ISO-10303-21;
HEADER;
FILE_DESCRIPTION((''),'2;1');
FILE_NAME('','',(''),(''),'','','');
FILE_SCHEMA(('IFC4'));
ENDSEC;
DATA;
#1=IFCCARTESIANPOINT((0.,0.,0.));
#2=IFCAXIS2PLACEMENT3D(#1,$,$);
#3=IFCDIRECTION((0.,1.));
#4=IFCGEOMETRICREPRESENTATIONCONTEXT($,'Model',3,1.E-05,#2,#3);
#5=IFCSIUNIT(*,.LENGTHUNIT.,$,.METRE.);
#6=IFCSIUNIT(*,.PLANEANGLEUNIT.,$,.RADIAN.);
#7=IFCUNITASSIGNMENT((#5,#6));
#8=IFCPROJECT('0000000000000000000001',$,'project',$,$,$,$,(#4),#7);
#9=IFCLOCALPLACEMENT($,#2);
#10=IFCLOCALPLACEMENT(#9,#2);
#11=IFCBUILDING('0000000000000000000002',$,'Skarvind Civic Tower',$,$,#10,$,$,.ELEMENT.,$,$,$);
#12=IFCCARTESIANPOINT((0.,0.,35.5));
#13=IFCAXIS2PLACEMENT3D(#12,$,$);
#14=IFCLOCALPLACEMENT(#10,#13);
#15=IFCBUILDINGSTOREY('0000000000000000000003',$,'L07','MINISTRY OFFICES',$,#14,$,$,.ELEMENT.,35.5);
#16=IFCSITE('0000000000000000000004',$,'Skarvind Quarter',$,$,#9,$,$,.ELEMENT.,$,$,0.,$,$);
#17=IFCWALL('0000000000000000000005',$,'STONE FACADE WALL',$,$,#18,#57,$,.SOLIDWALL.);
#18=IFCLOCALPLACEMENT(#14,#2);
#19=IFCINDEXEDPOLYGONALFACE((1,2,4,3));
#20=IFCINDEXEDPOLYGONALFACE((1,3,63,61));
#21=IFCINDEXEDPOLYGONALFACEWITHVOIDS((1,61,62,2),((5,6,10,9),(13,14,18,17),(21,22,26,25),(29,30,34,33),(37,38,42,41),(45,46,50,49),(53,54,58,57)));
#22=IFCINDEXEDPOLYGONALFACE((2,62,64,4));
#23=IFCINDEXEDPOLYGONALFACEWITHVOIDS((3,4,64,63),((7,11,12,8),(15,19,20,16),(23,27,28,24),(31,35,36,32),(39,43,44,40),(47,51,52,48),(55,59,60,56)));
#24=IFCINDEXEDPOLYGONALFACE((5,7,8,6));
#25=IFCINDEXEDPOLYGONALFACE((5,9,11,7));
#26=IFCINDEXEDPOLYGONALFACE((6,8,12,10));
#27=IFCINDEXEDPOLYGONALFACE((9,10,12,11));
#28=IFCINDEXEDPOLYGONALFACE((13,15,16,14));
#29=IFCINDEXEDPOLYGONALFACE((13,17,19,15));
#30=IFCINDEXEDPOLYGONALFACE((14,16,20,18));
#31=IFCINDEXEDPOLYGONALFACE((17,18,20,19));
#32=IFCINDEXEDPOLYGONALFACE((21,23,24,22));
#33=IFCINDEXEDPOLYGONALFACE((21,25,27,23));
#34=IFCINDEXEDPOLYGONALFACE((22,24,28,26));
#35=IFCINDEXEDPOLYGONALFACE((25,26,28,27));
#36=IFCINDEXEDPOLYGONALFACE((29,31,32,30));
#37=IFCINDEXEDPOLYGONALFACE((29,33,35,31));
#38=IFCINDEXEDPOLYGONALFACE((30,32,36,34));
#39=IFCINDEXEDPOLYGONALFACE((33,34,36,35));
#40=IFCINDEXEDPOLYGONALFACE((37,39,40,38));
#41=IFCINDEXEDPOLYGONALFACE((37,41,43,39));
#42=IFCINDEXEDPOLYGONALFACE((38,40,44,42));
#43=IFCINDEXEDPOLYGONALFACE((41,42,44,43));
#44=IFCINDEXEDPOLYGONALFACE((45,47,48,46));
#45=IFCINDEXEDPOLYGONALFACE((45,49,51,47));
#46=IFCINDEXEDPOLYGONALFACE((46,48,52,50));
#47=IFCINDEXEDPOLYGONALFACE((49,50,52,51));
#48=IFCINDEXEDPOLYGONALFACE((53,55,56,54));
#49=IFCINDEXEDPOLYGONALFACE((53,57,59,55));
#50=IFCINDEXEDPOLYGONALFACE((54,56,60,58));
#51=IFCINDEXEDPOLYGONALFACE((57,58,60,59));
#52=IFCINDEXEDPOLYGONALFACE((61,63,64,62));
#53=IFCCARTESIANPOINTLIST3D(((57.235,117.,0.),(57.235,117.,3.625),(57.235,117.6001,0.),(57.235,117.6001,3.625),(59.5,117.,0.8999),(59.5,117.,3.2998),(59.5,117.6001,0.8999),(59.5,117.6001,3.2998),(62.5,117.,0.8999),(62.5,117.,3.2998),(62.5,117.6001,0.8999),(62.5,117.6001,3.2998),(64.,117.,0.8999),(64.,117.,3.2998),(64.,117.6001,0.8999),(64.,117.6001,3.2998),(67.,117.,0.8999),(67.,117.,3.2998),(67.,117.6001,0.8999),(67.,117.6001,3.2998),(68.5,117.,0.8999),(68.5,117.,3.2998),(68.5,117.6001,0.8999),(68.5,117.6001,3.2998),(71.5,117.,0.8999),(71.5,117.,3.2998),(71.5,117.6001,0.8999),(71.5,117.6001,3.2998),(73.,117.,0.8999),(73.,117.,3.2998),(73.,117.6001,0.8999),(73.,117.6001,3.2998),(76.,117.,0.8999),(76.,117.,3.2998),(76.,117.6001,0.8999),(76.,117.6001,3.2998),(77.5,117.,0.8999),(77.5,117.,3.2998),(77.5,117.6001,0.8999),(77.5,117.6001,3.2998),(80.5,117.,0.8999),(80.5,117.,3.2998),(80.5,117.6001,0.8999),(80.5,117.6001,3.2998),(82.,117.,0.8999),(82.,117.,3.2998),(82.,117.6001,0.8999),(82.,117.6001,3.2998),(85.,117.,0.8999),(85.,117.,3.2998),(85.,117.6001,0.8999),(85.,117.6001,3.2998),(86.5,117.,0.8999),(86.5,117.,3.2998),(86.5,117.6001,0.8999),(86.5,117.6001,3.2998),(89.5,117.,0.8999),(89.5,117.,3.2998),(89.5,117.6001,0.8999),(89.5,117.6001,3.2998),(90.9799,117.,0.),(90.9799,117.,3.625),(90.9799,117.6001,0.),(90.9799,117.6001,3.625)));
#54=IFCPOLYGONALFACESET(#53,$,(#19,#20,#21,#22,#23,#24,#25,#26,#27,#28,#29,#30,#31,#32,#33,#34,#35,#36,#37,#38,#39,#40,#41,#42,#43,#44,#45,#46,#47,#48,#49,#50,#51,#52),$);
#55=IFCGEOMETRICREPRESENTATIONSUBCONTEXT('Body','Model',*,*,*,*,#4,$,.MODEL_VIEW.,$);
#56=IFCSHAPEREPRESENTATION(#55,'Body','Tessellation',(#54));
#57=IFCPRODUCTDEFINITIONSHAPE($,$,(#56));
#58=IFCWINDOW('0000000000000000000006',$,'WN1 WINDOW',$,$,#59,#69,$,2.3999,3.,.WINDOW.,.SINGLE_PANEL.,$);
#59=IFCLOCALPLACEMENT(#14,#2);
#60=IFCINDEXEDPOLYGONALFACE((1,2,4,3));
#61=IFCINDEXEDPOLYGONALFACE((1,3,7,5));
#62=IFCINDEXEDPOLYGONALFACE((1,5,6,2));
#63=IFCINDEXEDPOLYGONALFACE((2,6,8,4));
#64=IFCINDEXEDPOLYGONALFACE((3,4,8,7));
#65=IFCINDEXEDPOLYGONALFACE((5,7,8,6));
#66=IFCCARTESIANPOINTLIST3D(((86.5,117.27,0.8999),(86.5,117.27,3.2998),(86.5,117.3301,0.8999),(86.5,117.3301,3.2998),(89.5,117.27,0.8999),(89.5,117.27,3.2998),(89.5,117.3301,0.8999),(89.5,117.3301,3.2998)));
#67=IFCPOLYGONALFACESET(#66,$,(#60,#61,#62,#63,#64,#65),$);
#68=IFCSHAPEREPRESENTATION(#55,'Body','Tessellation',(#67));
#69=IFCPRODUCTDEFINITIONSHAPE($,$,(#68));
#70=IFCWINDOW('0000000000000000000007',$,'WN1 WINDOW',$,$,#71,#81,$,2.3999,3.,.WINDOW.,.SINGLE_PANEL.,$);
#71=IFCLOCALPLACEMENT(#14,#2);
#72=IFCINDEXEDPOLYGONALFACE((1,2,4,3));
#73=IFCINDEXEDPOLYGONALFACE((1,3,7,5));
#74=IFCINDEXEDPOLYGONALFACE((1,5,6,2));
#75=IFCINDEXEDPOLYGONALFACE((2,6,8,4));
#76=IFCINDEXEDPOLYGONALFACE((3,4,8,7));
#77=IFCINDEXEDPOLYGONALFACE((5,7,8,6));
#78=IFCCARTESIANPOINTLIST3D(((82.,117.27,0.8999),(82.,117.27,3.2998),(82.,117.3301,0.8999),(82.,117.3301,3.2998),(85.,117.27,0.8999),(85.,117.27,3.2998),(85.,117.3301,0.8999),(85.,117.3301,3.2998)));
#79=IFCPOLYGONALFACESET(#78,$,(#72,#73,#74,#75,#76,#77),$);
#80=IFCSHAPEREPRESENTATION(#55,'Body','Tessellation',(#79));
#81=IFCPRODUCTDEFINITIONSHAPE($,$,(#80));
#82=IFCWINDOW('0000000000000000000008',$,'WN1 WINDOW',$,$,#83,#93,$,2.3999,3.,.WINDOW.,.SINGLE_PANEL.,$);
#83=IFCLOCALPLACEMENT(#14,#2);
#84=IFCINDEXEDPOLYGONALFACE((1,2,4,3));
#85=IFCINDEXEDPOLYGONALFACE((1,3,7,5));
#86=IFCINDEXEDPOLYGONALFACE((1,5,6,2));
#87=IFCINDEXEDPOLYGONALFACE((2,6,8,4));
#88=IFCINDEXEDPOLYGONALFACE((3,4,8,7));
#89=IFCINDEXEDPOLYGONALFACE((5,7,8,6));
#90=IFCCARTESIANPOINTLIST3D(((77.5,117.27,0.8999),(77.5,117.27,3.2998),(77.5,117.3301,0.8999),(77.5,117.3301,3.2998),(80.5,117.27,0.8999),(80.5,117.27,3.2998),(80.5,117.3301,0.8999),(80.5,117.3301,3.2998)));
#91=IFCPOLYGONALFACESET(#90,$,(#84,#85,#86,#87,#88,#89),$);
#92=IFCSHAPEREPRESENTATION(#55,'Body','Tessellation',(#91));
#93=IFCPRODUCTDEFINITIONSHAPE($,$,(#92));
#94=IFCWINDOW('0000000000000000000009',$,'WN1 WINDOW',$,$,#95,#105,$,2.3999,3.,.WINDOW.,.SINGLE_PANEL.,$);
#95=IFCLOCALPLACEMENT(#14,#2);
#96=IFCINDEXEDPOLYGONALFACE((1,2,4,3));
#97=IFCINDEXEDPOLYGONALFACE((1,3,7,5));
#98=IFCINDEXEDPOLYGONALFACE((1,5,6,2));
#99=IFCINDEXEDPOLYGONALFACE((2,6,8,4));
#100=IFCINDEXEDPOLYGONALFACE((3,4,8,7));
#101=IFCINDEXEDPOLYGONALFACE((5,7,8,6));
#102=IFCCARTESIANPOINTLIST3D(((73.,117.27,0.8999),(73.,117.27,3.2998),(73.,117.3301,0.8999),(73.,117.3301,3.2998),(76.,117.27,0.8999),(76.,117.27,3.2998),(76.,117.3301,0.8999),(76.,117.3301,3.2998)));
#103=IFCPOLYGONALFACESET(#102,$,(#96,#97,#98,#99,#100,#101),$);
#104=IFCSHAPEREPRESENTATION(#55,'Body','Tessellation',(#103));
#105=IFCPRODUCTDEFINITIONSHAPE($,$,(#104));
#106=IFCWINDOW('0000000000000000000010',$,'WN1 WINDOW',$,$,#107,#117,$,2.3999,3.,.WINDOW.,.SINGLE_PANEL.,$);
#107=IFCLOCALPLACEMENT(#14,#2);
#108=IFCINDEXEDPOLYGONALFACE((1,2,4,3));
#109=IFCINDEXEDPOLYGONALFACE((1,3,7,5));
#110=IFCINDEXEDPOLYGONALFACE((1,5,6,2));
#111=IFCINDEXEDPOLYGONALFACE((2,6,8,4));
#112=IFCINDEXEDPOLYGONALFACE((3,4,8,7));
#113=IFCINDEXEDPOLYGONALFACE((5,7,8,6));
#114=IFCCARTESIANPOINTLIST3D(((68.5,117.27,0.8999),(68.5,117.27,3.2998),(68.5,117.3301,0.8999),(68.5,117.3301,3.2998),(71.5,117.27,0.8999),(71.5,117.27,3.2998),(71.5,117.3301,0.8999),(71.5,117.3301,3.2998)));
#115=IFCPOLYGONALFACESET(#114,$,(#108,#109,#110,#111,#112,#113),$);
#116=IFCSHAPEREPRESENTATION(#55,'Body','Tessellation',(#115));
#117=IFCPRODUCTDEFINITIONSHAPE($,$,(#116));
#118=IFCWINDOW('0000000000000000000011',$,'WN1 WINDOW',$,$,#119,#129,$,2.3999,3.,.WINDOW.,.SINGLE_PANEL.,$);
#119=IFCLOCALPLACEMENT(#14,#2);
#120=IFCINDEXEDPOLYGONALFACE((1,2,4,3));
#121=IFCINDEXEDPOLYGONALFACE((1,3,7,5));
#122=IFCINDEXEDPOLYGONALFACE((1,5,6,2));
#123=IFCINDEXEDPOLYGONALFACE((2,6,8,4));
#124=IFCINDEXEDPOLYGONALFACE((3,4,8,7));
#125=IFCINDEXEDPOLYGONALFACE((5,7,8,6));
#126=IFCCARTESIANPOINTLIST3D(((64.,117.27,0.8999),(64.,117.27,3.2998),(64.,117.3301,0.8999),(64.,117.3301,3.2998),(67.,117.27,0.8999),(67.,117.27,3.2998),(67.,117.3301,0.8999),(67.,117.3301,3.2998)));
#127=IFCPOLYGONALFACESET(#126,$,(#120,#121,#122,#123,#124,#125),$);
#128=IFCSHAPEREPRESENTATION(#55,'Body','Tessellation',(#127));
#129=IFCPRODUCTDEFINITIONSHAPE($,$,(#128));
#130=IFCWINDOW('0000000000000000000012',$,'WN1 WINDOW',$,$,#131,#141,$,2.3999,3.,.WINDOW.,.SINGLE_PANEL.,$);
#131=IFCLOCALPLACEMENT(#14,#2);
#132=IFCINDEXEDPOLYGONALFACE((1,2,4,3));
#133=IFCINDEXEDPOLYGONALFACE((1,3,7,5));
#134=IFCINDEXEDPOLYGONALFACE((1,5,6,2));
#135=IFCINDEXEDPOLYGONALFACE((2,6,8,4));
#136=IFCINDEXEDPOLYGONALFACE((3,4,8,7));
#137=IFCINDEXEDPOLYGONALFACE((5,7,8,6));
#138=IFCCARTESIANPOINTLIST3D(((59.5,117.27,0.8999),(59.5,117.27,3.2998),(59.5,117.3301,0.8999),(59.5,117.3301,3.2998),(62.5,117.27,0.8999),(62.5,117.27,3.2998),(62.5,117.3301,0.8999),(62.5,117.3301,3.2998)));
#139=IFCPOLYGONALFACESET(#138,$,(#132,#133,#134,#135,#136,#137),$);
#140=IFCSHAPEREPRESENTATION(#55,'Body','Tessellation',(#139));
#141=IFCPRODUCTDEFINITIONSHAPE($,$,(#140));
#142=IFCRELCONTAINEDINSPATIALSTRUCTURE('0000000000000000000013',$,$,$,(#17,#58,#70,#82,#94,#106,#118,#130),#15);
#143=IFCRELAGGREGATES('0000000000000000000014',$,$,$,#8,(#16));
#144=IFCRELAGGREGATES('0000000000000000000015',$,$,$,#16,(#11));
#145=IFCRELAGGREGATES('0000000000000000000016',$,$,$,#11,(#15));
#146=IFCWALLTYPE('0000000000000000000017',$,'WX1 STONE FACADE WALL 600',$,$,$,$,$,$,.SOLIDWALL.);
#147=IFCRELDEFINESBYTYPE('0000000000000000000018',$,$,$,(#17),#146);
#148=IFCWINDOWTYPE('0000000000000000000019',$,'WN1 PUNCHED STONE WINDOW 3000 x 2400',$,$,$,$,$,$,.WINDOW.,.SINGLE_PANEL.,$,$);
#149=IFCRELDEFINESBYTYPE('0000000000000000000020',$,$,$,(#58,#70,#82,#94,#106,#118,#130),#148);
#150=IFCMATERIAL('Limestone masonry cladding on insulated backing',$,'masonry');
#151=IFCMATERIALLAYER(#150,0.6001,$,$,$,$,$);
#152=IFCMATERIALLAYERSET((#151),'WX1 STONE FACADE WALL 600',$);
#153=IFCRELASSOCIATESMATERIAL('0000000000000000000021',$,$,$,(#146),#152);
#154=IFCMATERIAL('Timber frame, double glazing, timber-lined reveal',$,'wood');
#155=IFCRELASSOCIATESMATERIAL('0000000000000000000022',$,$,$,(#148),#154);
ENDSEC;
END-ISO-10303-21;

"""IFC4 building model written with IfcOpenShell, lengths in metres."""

from ifc_helpers import new_model, si_unit, direction, frame, frame_2d, origin, place, context, subcontext, project, spatial, rectangle, extrude, material, layer, layer_set, type_object, element, fill, save


model = new_model("IFC4")

# Units and contexts
model_context = context("Model", 3, precision=1e-05, world=origin(), true_north=direction((0.0, 1.0)))
body_context = subcontext(model_context, "Body", "Model", "MODEL_VIEW")
ifc_project = project(units=[si_unit("LENGTHUNIT", "METRE"), si_unit("PLANEANGLEUNIT", "RADIAN")], contexts=[model_context])

# Site, building, storey
site_placement = place(None, origin())
site = spatial("IfcSite", under=ifc_project, at=site_placement, Name="Skarvind Quarter", CompositionType="ELEMENT", RefElevation=0.0)
building_placement = place(site_placement, origin())
building = spatial("IfcBuilding", under=site, at=building_placement, Name="Skarvind Civic Tower", CompositionType="ELEMENT")
storey_placement = place(building_placement, frame((0.0, 0.0, 35.5)))
storey = spatial("IfcBuildingStorey", under=building, at=storey_placement, Name="L07", Description="MINISTRY OFFICES", CompositionType="ELEMENT", Elevation=35.5)

# Wall, openings, windows
ifc_material_1 = material(Name="Limestone masonry cladding on insulated backing", Category="masonry")
ifc_layer_1 = layer(ifc_material_1, 0.6001)
ifc_layer_set_1 = layer_set([ifc_layer_1], Name="WX1 STONE FACADE WALL 600")
wall_type_1 = type_object("IfcWallType", Name="WX1 STONE FACADE WALL 600", PredefinedType="SOLIDWALL", material=ifc_layer_set_1)
wall_1_placement = place(storey_placement, frame((90.98, 117.3, 0.0), z_axis=(0.0, 0.0, 1.0), x_axis=(-1.0, 0.0, 0.0)))
wall_1 = element("IfcWall", 1, at=wall_1_placement, inside=storey, type_object=wall_type_1, Name="STONE FACADE WALL", PredefinedType="SOLIDWALL", context=body_context, shape_type="SweptSolid", body=[
    extrude(rectangle(XDim=33.7449, YDim=0.6001, at=frame_2d((16.8726, 0.0))), origin(), (0.0, 0.0, 1.0), 3.625),
])
opening_1_placement = place(wall_1_placement, frame((1.48, 0.0, 0.8999)))
opening_1 = element("IfcOpeningElement", 2, at=opening_1_placement, cuts=wall_1, PredefinedType="OPENING", context=body_context, shape_type="SweptSolid", body=[
    extrude(rectangle(XDim=3.0, YDim=2.3999, at=frame_2d((1.5, 1.2))), frame((0.0, 0.3101, 0.0), z_axis=(0.0, -1.0, 0.0), x_axis=(1.0, 0.0, 0.0)), (0.0, 0.0, 1.0), 0.6201),
])
opening_2_placement = place(wall_1_placement, frame((5.98, 0.0, 0.8999)))
opening_2 = element("IfcOpeningElement", 3, at=opening_2_placement, cuts=wall_1, PredefinedType="OPENING", context=body_context, shape_type="SweptSolid", body=[
    extrude(rectangle(XDim=3.0, YDim=2.3999, at=frame_2d((1.5, 1.2))), frame((0.0, 0.3101, 0.0), z_axis=(0.0, -1.0, 0.0), x_axis=(1.0, 0.0, 0.0)), (0.0, 0.0, 1.0), 0.6201),
])
opening_3_placement = place(wall_1_placement, frame((10.48, 0.0, 0.8999)))
opening_3 = element("IfcOpeningElement", 4, at=opening_3_placement, cuts=wall_1, PredefinedType="OPENING", context=body_context, shape_type="SweptSolid", body=[
    extrude(rectangle(XDim=3.0, YDim=2.3999, at=frame_2d((1.5, 1.2))), frame((0.0, 0.3101, 0.0), z_axis=(0.0, -1.0, 0.0), x_axis=(1.0, 0.0, 0.0)), (0.0, 0.0, 1.0), 0.6201),
])
opening_4_placement = place(wall_1_placement, frame((14.98, 0.0, 0.8999)))
opening_4 = element("IfcOpeningElement", 5, at=opening_4_placement, cuts=wall_1, PredefinedType="OPENING", context=body_context, shape_type="SweptSolid", body=[
    extrude(rectangle(XDim=3.0, YDim=2.3999, at=frame_2d((1.5, 1.2))), frame((0.0, 0.3101, 0.0), z_axis=(0.0, -1.0, 0.0), x_axis=(1.0, 0.0, 0.0)), (0.0, 0.0, 1.0), 0.6201),
])
opening_5_placement = place(wall_1_placement, frame((19.48, 0.0, 0.8999)))
opening_5 = element("IfcOpeningElement", 6, at=opening_5_placement, cuts=wall_1, PredefinedType="OPENING", context=body_context, shape_type="SweptSolid", body=[
    extrude(rectangle(XDim=3.0, YDim=2.3999, at=frame_2d((1.5, 1.2))), frame((0.0, 0.3101, 0.0), z_axis=(0.0, -1.0, 0.0), x_axis=(1.0, 0.0, 0.0)), (0.0, 0.0, 1.0), 0.6201),
])
opening_6_placement = place(wall_1_placement, frame((23.98, 0.0, 0.8999)))
opening_6 = element("IfcOpeningElement", 7, at=opening_6_placement, cuts=wall_1, PredefinedType="OPENING", context=body_context, shape_type="SweptSolid", body=[
    extrude(rectangle(XDim=3.0, YDim=2.3999, at=frame_2d((1.5, 1.2))), frame((0.0, 0.3101, 0.0), z_axis=(0.0, -1.0, 0.0), x_axis=(1.0, 0.0, 0.0)), (0.0, 0.0, 1.0), 0.6201),
])
opening_7_placement = place(wall_1_placement, frame((28.48, 0.0, 0.8999)))
opening_7 = element("IfcOpeningElement", 8, at=opening_7_placement, cuts=wall_1, PredefinedType="OPENING", context=body_context, shape_type="SweptSolid", body=[
    extrude(rectangle(XDim=3.0, YDim=2.3999, at=frame_2d((1.5, 1.2))), frame((0.0, 0.3101, 0.0), z_axis=(0.0, -1.0, 0.0), x_axis=(1.0, 0.0, 0.0)), (0.0, 0.0, 1.0), 0.6201),
])
ifc_material_2 = material(Name="Timber frame, double glazing, timber-lined reveal", Category="wood")
window_type = type_object("IfcWindowType", Name="WN1 PUNCHED STONE WINDOW 3000 x 2400", PartitioningType="SINGLE_PANEL", PredefinedType="WINDOW", material=ifc_material_2)
window_1_placement = place(opening_1_placement, origin())
window_1 = element("IfcWindow", 9, at=window_1_placement, inside=storey, type_object=window_type, Name="WN1 WINDOW", OverallHeight=2.3999, OverallWidth=3.0, PartitioningType="SINGLE_PANEL", PredefinedType="WINDOW", context=body_context, shape_type="SweptSolid", body=[
    extrude(rectangle(XDim=3.0, YDim=2.3999, at=frame_2d((1.5, 1.2))), frame((0.0, 0.03, 0.0), z_axis=(0.0, -1.0, 0.0), x_axis=(1.0, 0.0, 0.0)), (0.0, 0.0, 1.0), 0.0601),
])
fill(opening_1, window_1)
window_2_placement = place(opening_2_placement, origin())
window_2 = element("IfcWindow", 10, at=window_2_placement, inside=storey, type_object=window_type, Name="WN1 WINDOW", OverallHeight=2.3999, OverallWidth=3.0, PartitioningType="SINGLE_PANEL", PredefinedType="WINDOW", context=body_context, shape_type="SweptSolid", body=[
    extrude(rectangle(XDim=3.0, YDim=2.3999, at=frame_2d((1.5, 1.2))), frame((0.0, 0.03, 0.0), z_axis=(0.0, -1.0, 0.0), x_axis=(1.0, 0.0, 0.0)), (0.0, 0.0, 1.0), 0.0601),
])
fill(opening_2, window_2)
window_3_placement = place(opening_3_placement, origin())
window_3 = element("IfcWindow", 11, at=window_3_placement, inside=storey, type_object=window_type, Name="WN1 WINDOW", OverallHeight=2.3999, OverallWidth=3.0, PartitioningType="SINGLE_PANEL", PredefinedType="WINDOW", context=body_context, shape_type="SweptSolid", body=[
    extrude(rectangle(XDim=3.0, YDim=2.3999, at=frame_2d((1.5, 1.2))), frame((0.0, 0.03, 0.0), z_axis=(0.0, -1.0, 0.0), x_axis=(1.0, 0.0, 0.0)), (0.0, 0.0, 1.0), 0.0601),
])
fill(opening_3, window_3)
window_4_placement = place(opening_4_placement, origin())
window_4 = element("IfcWindow", 12, at=window_4_placement, inside=storey, type_object=window_type, Name="WN1 WINDOW", OverallHeight=2.3999, OverallWidth=3.0, PartitioningType="SINGLE_PANEL", PredefinedType="WINDOW", context=body_context, shape_type="SweptSolid", body=[
    extrude(rectangle(XDim=3.0, YDim=2.3999, at=frame_2d((1.5, 1.2))), frame((0.0, 0.03, 0.0), z_axis=(0.0, -1.0, 0.0), x_axis=(1.0, 0.0, 0.0)), (0.0, 0.0, 1.0), 0.0601),
])
fill(opening_4, window_4)
window_5_placement = place(opening_5_placement, origin())
window_5 = element("IfcWindow", 13, at=window_5_placement, inside=storey, type_object=window_type, Name="WN1 WINDOW", OverallHeight=2.3999, OverallWidth=3.0, PartitioningType="SINGLE_PANEL", PredefinedType="WINDOW", context=body_context, shape_type="SweptSolid", body=[
    extrude(rectangle(XDim=3.0, YDim=2.3999, at=frame_2d((1.5, 1.2))), frame((0.0, 0.03, 0.0), z_axis=(0.0, -1.0, 0.0), x_axis=(1.0, 0.0, 0.0)), (0.0, 0.0, 1.0), 0.0601),
])
fill(opening_5, window_5)
window_6_placement = place(opening_6_placement, origin())
window_6 = element("IfcWindow", 14, at=window_6_placement, inside=storey, type_object=window_type, Name="WN1 WINDOW", OverallHeight=2.3999, OverallWidth=3.0, PartitioningType="SINGLE_PANEL", PredefinedType="WINDOW", context=body_context, shape_type="SweptSolid", body=[
    extrude(rectangle(XDim=3.0, YDim=2.3999, at=frame_2d((1.5, 1.2))), frame((0.0, 0.03, 0.0), z_axis=(0.0, -1.0, 0.0), x_axis=(1.0, 0.0, 0.0)), (0.0, 0.0, 1.0), 0.0601),
])
fill(opening_6, window_6)
window_7_placement = place(opening_7_placement, origin())
window_7 = element("IfcWindow", 15, at=window_7_placement, inside=storey, type_object=window_type, Name="WN1 WINDOW", OverallHeight=2.3999, OverallWidth=3.0, PartitioningType="SINGLE_PANEL", PredefinedType="WINDOW", context=body_context, shape_type="SweptSolid", body=[
    extrude(rectangle(XDim=3.0, YDim=2.3999, at=frame_2d((1.5, 1.2))), frame((0.0, 0.03, 0.0), z_axis=(0.0, -1.0, 0.0), x_axis=(1.0, 0.0, 0.0)), (0.0, 0.0, 1.0), 0.0601),
])
fill(opening_7, window_7)

save(model, "model.ifc")
